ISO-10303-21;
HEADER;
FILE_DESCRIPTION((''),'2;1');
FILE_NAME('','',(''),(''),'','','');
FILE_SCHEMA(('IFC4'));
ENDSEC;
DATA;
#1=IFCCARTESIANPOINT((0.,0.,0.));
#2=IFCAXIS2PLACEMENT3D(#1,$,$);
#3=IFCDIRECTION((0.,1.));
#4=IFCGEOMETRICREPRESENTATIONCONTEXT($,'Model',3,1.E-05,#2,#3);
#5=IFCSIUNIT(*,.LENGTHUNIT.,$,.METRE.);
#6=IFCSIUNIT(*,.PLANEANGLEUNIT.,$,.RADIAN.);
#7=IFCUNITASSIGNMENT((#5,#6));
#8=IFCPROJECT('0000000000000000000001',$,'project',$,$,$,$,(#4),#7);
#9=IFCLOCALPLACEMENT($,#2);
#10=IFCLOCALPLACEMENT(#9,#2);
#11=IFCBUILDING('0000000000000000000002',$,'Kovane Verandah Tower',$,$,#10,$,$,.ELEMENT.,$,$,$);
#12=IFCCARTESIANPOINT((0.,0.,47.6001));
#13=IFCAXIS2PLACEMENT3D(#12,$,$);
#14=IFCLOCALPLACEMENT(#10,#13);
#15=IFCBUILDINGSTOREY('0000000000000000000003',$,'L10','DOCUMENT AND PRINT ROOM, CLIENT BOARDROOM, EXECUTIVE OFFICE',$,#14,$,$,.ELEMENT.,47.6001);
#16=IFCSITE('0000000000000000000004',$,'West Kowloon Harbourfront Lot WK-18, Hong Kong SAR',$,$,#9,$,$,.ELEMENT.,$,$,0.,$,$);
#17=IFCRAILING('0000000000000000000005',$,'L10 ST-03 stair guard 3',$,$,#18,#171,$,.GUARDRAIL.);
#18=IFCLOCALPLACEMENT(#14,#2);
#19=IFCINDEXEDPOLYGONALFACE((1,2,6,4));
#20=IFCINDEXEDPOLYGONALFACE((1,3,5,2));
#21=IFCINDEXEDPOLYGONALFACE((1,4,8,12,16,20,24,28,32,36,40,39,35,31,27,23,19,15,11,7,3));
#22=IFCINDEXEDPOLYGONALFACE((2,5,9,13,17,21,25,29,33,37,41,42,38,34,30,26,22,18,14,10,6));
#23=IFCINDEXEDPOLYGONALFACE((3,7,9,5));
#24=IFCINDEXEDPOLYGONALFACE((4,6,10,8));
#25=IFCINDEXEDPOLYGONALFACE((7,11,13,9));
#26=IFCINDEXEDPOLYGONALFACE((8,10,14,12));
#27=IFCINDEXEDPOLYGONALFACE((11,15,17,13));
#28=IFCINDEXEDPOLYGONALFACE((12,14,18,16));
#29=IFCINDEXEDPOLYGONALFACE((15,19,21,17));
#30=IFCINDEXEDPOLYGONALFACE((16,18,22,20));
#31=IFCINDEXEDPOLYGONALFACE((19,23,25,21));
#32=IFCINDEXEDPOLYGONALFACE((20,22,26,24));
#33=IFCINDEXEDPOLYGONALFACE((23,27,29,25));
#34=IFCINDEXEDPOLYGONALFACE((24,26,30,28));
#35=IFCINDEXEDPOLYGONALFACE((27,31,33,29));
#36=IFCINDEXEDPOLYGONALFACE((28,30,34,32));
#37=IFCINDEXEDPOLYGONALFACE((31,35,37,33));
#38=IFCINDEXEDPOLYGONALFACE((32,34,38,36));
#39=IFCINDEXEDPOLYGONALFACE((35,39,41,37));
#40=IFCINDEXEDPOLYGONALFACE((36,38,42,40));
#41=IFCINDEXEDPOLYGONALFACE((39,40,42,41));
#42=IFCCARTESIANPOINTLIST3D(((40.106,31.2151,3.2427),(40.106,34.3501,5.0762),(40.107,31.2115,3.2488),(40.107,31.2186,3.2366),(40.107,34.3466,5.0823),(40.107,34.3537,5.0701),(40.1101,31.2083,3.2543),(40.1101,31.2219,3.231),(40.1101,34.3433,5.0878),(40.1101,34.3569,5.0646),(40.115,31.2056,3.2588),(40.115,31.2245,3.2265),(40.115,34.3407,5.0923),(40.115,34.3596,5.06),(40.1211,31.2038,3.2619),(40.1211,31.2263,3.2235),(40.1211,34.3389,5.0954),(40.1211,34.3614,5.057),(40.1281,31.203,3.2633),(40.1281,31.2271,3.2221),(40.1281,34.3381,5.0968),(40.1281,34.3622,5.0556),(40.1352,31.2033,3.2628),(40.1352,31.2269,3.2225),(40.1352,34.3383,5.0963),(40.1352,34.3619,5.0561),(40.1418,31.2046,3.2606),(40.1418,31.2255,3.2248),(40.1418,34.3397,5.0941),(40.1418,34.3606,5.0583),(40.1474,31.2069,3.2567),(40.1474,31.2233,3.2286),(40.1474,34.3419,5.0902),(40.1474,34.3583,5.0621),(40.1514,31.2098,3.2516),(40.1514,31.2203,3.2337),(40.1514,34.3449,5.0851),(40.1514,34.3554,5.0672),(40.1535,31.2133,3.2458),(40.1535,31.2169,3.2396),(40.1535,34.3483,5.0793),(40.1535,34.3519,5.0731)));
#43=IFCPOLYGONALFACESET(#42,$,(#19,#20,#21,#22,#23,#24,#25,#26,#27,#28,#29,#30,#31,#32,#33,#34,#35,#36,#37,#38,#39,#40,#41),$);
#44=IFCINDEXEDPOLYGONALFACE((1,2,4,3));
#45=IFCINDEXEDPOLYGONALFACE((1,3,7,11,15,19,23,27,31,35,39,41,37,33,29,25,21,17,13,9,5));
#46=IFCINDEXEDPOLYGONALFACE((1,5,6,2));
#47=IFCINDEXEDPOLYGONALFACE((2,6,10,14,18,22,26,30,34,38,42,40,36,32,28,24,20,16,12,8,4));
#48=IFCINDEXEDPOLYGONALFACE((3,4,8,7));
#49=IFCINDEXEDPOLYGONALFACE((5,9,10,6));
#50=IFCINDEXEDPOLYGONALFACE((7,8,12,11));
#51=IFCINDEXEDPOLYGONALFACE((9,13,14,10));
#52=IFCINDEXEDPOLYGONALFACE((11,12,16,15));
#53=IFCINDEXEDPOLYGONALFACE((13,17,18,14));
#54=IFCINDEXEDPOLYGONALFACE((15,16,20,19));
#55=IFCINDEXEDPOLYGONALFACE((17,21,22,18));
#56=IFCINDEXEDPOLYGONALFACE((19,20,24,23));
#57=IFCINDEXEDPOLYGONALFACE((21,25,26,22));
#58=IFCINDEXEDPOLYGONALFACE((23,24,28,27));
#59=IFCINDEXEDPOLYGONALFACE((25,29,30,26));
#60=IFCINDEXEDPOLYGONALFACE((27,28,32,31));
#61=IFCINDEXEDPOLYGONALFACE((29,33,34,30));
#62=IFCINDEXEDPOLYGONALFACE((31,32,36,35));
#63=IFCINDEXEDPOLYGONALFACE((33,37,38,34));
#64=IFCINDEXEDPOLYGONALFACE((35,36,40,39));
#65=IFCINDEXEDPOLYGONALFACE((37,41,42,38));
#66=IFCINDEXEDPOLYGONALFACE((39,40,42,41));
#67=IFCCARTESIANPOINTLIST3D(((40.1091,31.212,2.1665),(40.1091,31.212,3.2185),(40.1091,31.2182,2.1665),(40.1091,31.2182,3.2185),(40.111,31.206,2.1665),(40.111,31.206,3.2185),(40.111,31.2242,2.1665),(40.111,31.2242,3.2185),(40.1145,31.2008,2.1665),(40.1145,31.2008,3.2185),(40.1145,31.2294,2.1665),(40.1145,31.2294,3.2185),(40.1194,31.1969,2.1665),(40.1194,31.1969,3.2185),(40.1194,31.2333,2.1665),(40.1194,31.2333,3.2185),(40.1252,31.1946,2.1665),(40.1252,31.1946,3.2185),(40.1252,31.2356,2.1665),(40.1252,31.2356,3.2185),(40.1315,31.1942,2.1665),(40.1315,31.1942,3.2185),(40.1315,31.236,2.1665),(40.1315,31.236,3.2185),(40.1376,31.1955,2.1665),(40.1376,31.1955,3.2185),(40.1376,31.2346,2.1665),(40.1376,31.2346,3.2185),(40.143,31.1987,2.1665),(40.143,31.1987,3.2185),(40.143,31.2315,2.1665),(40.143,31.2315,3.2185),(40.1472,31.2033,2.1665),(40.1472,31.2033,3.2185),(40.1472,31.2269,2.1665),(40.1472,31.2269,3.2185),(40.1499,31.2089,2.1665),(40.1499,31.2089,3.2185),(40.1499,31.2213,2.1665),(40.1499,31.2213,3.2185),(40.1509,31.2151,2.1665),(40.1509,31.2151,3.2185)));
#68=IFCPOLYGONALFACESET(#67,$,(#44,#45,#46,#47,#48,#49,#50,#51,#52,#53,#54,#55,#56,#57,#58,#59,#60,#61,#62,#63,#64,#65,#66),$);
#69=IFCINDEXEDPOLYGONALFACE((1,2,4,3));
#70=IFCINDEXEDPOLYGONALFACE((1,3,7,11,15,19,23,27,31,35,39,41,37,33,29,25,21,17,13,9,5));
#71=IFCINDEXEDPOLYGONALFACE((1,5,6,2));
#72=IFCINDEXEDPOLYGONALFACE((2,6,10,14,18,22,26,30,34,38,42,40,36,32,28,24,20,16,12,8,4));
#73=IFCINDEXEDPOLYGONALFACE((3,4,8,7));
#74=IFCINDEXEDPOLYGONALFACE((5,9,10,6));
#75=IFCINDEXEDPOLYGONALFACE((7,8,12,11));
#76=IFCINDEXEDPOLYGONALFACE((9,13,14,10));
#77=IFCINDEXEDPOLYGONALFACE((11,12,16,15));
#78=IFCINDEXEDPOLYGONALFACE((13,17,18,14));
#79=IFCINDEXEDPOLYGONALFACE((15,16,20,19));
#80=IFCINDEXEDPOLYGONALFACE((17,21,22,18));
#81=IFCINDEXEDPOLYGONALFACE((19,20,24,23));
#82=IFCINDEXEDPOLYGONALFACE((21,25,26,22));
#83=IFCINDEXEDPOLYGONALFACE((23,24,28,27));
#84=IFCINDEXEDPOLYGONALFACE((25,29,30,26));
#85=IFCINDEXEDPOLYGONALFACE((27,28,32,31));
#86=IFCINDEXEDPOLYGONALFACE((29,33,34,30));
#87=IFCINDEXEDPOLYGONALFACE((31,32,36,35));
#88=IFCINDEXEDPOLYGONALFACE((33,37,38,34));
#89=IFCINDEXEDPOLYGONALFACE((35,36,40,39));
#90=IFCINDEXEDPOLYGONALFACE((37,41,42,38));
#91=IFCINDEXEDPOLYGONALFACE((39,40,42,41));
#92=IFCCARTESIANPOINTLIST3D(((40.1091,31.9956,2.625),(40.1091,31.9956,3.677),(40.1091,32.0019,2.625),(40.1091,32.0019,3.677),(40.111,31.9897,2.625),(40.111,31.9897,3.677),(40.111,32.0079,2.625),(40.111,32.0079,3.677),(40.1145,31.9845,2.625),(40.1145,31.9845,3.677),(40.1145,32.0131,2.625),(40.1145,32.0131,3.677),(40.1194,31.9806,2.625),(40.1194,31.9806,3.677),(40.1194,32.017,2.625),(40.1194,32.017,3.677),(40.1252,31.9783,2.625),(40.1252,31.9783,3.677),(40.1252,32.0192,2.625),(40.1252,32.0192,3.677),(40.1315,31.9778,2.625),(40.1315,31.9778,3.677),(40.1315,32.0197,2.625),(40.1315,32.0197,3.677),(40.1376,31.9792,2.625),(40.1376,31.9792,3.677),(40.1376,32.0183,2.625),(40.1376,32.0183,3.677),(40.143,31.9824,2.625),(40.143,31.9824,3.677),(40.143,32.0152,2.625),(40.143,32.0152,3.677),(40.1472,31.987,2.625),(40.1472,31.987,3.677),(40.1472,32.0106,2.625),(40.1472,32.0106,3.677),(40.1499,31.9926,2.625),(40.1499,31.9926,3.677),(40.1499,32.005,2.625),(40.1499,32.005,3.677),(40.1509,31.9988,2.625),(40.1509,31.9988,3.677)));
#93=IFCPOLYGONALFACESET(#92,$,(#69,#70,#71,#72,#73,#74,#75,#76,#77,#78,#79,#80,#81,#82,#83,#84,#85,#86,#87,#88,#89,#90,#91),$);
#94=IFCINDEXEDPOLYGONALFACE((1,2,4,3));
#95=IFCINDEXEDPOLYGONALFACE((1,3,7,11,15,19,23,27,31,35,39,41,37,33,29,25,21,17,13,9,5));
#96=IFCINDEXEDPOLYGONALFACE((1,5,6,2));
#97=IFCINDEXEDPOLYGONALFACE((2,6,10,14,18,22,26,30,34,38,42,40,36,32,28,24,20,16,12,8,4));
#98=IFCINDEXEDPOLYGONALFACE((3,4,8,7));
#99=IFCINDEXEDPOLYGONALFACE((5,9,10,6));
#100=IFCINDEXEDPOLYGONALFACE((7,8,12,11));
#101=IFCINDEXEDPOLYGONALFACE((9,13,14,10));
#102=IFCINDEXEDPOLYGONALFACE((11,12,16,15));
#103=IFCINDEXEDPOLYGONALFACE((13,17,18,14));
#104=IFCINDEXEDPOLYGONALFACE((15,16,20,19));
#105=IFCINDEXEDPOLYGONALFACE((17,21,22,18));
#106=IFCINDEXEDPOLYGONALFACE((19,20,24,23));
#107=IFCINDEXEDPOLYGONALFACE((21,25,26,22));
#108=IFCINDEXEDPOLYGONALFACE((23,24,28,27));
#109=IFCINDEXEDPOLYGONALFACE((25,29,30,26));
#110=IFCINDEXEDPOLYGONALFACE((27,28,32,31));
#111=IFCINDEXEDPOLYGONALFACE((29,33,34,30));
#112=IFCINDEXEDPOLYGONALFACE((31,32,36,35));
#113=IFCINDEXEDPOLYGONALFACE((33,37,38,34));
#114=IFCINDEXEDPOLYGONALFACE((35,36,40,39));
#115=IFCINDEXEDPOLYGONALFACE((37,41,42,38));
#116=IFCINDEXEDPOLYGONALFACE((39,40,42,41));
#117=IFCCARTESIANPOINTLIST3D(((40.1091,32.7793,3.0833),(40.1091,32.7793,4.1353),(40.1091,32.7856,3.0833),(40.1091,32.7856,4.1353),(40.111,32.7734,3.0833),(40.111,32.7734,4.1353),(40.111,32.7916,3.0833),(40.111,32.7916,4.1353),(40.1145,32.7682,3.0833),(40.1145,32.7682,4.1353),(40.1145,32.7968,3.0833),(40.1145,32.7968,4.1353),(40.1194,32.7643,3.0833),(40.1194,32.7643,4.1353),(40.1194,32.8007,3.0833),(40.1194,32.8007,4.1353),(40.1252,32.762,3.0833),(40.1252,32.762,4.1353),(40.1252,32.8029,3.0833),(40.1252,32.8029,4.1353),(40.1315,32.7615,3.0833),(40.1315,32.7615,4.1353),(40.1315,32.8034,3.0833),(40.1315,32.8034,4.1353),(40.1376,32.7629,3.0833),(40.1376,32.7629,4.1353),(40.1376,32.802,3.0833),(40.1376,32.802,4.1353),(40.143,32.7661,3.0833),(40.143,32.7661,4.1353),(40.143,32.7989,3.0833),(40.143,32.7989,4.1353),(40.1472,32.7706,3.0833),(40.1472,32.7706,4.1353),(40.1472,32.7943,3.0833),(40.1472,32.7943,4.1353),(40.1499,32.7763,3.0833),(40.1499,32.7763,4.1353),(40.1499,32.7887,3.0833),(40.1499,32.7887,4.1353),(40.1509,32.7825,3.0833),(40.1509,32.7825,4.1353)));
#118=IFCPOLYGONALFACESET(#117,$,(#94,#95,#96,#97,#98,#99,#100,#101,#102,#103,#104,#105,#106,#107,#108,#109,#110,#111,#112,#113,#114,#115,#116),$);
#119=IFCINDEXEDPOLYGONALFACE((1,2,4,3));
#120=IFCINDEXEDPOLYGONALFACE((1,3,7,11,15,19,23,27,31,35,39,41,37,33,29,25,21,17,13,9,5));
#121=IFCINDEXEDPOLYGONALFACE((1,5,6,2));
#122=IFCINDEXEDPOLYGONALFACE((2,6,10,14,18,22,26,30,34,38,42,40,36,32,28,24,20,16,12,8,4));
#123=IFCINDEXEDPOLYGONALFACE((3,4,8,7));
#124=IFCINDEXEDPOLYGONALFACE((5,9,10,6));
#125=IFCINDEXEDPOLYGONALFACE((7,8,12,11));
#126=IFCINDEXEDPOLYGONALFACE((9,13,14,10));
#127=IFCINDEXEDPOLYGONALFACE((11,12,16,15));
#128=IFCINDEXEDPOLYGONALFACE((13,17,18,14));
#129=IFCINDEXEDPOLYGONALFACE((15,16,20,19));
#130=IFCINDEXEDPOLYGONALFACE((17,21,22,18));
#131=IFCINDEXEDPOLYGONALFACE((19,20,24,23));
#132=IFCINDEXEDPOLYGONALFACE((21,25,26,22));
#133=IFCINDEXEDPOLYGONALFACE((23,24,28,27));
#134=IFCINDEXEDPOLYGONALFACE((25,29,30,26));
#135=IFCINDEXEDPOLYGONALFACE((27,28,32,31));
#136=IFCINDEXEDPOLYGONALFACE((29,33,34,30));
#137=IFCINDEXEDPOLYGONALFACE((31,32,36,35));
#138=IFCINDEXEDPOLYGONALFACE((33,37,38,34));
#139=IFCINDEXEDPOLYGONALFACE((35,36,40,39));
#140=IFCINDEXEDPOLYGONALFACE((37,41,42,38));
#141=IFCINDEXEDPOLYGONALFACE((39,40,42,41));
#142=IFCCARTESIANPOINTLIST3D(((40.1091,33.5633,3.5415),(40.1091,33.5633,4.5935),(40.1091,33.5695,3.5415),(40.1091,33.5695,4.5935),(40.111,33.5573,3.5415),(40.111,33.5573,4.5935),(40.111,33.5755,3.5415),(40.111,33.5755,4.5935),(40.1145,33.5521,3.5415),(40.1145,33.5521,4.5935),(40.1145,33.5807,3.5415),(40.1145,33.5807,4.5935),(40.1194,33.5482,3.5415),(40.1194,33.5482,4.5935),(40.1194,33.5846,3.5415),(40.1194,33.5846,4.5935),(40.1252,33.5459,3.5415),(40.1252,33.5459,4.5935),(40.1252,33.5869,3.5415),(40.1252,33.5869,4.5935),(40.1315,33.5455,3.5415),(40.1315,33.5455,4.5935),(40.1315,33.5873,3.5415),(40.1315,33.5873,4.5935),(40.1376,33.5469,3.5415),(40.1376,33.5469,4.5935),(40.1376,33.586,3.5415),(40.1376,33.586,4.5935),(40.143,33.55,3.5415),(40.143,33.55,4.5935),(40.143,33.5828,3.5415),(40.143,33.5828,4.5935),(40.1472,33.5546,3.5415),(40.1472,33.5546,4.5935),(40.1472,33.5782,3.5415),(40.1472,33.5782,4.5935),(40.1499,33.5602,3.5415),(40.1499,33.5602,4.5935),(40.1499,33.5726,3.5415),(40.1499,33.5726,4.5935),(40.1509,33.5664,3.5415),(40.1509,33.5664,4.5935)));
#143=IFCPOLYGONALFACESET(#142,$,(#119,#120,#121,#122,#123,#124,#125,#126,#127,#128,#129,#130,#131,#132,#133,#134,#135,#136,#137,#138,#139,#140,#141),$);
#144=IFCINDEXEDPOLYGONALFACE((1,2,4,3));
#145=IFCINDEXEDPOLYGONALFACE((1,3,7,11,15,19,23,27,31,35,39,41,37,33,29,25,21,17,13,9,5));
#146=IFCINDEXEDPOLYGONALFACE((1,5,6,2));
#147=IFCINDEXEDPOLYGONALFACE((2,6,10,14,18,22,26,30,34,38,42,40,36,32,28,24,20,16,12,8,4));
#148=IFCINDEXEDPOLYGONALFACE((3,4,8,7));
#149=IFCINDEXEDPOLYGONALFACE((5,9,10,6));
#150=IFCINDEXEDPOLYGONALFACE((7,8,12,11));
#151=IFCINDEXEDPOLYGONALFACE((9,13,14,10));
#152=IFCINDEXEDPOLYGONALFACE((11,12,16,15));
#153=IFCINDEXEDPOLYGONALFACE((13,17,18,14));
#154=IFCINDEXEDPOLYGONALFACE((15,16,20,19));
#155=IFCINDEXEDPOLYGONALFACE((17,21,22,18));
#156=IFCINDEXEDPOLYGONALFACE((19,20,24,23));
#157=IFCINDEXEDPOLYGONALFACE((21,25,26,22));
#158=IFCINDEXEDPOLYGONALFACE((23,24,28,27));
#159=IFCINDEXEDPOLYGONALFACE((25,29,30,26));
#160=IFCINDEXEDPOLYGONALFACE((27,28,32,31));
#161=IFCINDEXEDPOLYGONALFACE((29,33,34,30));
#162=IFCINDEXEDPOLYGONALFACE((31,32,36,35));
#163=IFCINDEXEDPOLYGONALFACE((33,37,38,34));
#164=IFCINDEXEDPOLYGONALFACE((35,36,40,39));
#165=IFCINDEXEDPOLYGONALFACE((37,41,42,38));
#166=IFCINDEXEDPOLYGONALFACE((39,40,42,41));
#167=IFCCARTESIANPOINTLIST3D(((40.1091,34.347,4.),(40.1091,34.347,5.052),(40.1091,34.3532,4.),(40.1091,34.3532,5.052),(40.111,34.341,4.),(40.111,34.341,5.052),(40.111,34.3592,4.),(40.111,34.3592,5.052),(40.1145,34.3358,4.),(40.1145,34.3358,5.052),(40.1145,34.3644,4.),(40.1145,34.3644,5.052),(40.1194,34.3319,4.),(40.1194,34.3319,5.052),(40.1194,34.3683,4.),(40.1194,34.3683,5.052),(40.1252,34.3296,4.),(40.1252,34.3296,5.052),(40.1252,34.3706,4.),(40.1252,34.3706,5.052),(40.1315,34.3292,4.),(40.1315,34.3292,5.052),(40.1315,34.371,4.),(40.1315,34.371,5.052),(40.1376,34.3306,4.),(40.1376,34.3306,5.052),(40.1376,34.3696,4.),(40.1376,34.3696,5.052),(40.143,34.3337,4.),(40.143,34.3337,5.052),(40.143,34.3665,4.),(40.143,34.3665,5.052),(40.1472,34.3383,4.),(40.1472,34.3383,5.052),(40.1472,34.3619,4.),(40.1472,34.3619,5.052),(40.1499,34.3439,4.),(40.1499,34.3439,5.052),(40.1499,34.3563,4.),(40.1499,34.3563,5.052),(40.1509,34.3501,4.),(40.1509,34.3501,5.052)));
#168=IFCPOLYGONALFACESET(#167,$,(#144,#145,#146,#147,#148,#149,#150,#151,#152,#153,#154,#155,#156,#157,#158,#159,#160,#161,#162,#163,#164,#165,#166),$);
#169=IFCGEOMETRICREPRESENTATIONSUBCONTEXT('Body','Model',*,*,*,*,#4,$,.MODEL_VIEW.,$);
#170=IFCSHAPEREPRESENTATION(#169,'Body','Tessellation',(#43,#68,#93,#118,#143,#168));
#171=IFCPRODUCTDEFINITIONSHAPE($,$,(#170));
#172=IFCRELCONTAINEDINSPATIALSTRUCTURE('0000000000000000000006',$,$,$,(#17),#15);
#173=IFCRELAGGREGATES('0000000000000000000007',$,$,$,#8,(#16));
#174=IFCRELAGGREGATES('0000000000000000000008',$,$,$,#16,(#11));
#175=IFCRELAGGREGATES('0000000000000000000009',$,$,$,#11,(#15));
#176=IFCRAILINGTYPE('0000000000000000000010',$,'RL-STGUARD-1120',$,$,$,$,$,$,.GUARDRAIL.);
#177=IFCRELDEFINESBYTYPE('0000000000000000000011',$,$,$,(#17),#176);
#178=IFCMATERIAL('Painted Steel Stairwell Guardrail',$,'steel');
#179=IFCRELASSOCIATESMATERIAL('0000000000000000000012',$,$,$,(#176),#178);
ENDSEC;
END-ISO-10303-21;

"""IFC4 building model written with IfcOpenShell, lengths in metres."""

from ifc_helpers import new_model, si_unit, direction, frame, origin, origin_2d, place, context, subcontext, project, spatial, circle, extrude, material, type_object, element, save


model = new_model("IFC4")

# Units and contexts
model_context = context("Model", 3, precision=1e-05, world=origin(), true_north=direction((0.0, 1.0)))
body_context = subcontext(model_context, "Body", "Model", "MODEL_VIEW")
ifc_project = project(units=[si_unit("LENGTHUNIT", "METRE"), si_unit("PLANEANGLEUNIT", "RADIAN")], contexts=[model_context])

# Site, building, storey
site_placement = place(None, origin())
site = spatial("IfcSite", under=ifc_project, at=site_placement, Name="West Kowloon Harbourfront Lot WK-18, Hong Kong SAR", CompositionType="ELEMENT", RefElevation=0.0)
building_placement = place(site_placement, origin())
building = spatial("IfcBuilding", under=site, at=building_placement, Name="Kovane Verandah Tower", CompositionType="ELEMENT")
storey_placement = place(building_placement, frame((0.0, 0.0, 47.6001)))
storey = spatial("IfcBuildingStorey", under=building, at=storey_placement, Name="L10", Description="DOCUMENT AND PRINT ROOM, CLIENT BOARDROOM, EXECUTIVE OFFICE", CompositionType="ELEMENT", Elevation=47.6001)

# Railing
ifc_material_1 = material(Name="Painted Steel Stairwell Guardrail", Category="steel")
railing_type = type_object("IfcRailingType", Name="RL-STGUARD-1120", PredefinedType="GUARDRAIL", material=ifc_material_1)
railing_1_placement = place(storey_placement, frame((40.1299, 31.2151, 2.1665)))
element("IfcRailing", 1, at=railing_1_placement, inside=storey, type_object=railing_type, Name="L10 ST-03 stair guard 3", PredefinedType="GUARDRAIL", context=body_context, shape_type="SweptSolid", body=[
    extrude(circle(Radius=0.0239, at=origin_2d()), frame((0.0, 0.0, 1.0762), z_axis=(0.0, 0.86321, 0.504845), x_axis=(-1.0, 0.0, 0.0)), (0.0, 0.0, 1.0), 3.6318),
    extrude(circle(Radius=0.021, at=origin_2d()), origin(), (0.0, 0.0, 1.0), 1.052),
    extrude(circle(Radius=0.021, at=origin_2d()), frame((0.0, 0.7837, 0.4585)), (0.0, 0.0, 1.0), 1.052),
    extrude(circle(Radius=0.021, at=origin_2d()), frame((0.0, 1.5674, 0.9167)), (0.0, 0.0, 1.0), 1.052),
    extrude(circle(Radius=0.021, at=origin_2d()), frame((0.0, 2.3513, 1.375)), (0.0, 0.0, 1.0), 1.052),
    extrude(circle(Radius=0.021, at=origin_2d()), frame((0.0, 3.135, 1.8335)), (0.0, 0.0, 1.0), 1.052),
])

save(model, "model.ifc")
